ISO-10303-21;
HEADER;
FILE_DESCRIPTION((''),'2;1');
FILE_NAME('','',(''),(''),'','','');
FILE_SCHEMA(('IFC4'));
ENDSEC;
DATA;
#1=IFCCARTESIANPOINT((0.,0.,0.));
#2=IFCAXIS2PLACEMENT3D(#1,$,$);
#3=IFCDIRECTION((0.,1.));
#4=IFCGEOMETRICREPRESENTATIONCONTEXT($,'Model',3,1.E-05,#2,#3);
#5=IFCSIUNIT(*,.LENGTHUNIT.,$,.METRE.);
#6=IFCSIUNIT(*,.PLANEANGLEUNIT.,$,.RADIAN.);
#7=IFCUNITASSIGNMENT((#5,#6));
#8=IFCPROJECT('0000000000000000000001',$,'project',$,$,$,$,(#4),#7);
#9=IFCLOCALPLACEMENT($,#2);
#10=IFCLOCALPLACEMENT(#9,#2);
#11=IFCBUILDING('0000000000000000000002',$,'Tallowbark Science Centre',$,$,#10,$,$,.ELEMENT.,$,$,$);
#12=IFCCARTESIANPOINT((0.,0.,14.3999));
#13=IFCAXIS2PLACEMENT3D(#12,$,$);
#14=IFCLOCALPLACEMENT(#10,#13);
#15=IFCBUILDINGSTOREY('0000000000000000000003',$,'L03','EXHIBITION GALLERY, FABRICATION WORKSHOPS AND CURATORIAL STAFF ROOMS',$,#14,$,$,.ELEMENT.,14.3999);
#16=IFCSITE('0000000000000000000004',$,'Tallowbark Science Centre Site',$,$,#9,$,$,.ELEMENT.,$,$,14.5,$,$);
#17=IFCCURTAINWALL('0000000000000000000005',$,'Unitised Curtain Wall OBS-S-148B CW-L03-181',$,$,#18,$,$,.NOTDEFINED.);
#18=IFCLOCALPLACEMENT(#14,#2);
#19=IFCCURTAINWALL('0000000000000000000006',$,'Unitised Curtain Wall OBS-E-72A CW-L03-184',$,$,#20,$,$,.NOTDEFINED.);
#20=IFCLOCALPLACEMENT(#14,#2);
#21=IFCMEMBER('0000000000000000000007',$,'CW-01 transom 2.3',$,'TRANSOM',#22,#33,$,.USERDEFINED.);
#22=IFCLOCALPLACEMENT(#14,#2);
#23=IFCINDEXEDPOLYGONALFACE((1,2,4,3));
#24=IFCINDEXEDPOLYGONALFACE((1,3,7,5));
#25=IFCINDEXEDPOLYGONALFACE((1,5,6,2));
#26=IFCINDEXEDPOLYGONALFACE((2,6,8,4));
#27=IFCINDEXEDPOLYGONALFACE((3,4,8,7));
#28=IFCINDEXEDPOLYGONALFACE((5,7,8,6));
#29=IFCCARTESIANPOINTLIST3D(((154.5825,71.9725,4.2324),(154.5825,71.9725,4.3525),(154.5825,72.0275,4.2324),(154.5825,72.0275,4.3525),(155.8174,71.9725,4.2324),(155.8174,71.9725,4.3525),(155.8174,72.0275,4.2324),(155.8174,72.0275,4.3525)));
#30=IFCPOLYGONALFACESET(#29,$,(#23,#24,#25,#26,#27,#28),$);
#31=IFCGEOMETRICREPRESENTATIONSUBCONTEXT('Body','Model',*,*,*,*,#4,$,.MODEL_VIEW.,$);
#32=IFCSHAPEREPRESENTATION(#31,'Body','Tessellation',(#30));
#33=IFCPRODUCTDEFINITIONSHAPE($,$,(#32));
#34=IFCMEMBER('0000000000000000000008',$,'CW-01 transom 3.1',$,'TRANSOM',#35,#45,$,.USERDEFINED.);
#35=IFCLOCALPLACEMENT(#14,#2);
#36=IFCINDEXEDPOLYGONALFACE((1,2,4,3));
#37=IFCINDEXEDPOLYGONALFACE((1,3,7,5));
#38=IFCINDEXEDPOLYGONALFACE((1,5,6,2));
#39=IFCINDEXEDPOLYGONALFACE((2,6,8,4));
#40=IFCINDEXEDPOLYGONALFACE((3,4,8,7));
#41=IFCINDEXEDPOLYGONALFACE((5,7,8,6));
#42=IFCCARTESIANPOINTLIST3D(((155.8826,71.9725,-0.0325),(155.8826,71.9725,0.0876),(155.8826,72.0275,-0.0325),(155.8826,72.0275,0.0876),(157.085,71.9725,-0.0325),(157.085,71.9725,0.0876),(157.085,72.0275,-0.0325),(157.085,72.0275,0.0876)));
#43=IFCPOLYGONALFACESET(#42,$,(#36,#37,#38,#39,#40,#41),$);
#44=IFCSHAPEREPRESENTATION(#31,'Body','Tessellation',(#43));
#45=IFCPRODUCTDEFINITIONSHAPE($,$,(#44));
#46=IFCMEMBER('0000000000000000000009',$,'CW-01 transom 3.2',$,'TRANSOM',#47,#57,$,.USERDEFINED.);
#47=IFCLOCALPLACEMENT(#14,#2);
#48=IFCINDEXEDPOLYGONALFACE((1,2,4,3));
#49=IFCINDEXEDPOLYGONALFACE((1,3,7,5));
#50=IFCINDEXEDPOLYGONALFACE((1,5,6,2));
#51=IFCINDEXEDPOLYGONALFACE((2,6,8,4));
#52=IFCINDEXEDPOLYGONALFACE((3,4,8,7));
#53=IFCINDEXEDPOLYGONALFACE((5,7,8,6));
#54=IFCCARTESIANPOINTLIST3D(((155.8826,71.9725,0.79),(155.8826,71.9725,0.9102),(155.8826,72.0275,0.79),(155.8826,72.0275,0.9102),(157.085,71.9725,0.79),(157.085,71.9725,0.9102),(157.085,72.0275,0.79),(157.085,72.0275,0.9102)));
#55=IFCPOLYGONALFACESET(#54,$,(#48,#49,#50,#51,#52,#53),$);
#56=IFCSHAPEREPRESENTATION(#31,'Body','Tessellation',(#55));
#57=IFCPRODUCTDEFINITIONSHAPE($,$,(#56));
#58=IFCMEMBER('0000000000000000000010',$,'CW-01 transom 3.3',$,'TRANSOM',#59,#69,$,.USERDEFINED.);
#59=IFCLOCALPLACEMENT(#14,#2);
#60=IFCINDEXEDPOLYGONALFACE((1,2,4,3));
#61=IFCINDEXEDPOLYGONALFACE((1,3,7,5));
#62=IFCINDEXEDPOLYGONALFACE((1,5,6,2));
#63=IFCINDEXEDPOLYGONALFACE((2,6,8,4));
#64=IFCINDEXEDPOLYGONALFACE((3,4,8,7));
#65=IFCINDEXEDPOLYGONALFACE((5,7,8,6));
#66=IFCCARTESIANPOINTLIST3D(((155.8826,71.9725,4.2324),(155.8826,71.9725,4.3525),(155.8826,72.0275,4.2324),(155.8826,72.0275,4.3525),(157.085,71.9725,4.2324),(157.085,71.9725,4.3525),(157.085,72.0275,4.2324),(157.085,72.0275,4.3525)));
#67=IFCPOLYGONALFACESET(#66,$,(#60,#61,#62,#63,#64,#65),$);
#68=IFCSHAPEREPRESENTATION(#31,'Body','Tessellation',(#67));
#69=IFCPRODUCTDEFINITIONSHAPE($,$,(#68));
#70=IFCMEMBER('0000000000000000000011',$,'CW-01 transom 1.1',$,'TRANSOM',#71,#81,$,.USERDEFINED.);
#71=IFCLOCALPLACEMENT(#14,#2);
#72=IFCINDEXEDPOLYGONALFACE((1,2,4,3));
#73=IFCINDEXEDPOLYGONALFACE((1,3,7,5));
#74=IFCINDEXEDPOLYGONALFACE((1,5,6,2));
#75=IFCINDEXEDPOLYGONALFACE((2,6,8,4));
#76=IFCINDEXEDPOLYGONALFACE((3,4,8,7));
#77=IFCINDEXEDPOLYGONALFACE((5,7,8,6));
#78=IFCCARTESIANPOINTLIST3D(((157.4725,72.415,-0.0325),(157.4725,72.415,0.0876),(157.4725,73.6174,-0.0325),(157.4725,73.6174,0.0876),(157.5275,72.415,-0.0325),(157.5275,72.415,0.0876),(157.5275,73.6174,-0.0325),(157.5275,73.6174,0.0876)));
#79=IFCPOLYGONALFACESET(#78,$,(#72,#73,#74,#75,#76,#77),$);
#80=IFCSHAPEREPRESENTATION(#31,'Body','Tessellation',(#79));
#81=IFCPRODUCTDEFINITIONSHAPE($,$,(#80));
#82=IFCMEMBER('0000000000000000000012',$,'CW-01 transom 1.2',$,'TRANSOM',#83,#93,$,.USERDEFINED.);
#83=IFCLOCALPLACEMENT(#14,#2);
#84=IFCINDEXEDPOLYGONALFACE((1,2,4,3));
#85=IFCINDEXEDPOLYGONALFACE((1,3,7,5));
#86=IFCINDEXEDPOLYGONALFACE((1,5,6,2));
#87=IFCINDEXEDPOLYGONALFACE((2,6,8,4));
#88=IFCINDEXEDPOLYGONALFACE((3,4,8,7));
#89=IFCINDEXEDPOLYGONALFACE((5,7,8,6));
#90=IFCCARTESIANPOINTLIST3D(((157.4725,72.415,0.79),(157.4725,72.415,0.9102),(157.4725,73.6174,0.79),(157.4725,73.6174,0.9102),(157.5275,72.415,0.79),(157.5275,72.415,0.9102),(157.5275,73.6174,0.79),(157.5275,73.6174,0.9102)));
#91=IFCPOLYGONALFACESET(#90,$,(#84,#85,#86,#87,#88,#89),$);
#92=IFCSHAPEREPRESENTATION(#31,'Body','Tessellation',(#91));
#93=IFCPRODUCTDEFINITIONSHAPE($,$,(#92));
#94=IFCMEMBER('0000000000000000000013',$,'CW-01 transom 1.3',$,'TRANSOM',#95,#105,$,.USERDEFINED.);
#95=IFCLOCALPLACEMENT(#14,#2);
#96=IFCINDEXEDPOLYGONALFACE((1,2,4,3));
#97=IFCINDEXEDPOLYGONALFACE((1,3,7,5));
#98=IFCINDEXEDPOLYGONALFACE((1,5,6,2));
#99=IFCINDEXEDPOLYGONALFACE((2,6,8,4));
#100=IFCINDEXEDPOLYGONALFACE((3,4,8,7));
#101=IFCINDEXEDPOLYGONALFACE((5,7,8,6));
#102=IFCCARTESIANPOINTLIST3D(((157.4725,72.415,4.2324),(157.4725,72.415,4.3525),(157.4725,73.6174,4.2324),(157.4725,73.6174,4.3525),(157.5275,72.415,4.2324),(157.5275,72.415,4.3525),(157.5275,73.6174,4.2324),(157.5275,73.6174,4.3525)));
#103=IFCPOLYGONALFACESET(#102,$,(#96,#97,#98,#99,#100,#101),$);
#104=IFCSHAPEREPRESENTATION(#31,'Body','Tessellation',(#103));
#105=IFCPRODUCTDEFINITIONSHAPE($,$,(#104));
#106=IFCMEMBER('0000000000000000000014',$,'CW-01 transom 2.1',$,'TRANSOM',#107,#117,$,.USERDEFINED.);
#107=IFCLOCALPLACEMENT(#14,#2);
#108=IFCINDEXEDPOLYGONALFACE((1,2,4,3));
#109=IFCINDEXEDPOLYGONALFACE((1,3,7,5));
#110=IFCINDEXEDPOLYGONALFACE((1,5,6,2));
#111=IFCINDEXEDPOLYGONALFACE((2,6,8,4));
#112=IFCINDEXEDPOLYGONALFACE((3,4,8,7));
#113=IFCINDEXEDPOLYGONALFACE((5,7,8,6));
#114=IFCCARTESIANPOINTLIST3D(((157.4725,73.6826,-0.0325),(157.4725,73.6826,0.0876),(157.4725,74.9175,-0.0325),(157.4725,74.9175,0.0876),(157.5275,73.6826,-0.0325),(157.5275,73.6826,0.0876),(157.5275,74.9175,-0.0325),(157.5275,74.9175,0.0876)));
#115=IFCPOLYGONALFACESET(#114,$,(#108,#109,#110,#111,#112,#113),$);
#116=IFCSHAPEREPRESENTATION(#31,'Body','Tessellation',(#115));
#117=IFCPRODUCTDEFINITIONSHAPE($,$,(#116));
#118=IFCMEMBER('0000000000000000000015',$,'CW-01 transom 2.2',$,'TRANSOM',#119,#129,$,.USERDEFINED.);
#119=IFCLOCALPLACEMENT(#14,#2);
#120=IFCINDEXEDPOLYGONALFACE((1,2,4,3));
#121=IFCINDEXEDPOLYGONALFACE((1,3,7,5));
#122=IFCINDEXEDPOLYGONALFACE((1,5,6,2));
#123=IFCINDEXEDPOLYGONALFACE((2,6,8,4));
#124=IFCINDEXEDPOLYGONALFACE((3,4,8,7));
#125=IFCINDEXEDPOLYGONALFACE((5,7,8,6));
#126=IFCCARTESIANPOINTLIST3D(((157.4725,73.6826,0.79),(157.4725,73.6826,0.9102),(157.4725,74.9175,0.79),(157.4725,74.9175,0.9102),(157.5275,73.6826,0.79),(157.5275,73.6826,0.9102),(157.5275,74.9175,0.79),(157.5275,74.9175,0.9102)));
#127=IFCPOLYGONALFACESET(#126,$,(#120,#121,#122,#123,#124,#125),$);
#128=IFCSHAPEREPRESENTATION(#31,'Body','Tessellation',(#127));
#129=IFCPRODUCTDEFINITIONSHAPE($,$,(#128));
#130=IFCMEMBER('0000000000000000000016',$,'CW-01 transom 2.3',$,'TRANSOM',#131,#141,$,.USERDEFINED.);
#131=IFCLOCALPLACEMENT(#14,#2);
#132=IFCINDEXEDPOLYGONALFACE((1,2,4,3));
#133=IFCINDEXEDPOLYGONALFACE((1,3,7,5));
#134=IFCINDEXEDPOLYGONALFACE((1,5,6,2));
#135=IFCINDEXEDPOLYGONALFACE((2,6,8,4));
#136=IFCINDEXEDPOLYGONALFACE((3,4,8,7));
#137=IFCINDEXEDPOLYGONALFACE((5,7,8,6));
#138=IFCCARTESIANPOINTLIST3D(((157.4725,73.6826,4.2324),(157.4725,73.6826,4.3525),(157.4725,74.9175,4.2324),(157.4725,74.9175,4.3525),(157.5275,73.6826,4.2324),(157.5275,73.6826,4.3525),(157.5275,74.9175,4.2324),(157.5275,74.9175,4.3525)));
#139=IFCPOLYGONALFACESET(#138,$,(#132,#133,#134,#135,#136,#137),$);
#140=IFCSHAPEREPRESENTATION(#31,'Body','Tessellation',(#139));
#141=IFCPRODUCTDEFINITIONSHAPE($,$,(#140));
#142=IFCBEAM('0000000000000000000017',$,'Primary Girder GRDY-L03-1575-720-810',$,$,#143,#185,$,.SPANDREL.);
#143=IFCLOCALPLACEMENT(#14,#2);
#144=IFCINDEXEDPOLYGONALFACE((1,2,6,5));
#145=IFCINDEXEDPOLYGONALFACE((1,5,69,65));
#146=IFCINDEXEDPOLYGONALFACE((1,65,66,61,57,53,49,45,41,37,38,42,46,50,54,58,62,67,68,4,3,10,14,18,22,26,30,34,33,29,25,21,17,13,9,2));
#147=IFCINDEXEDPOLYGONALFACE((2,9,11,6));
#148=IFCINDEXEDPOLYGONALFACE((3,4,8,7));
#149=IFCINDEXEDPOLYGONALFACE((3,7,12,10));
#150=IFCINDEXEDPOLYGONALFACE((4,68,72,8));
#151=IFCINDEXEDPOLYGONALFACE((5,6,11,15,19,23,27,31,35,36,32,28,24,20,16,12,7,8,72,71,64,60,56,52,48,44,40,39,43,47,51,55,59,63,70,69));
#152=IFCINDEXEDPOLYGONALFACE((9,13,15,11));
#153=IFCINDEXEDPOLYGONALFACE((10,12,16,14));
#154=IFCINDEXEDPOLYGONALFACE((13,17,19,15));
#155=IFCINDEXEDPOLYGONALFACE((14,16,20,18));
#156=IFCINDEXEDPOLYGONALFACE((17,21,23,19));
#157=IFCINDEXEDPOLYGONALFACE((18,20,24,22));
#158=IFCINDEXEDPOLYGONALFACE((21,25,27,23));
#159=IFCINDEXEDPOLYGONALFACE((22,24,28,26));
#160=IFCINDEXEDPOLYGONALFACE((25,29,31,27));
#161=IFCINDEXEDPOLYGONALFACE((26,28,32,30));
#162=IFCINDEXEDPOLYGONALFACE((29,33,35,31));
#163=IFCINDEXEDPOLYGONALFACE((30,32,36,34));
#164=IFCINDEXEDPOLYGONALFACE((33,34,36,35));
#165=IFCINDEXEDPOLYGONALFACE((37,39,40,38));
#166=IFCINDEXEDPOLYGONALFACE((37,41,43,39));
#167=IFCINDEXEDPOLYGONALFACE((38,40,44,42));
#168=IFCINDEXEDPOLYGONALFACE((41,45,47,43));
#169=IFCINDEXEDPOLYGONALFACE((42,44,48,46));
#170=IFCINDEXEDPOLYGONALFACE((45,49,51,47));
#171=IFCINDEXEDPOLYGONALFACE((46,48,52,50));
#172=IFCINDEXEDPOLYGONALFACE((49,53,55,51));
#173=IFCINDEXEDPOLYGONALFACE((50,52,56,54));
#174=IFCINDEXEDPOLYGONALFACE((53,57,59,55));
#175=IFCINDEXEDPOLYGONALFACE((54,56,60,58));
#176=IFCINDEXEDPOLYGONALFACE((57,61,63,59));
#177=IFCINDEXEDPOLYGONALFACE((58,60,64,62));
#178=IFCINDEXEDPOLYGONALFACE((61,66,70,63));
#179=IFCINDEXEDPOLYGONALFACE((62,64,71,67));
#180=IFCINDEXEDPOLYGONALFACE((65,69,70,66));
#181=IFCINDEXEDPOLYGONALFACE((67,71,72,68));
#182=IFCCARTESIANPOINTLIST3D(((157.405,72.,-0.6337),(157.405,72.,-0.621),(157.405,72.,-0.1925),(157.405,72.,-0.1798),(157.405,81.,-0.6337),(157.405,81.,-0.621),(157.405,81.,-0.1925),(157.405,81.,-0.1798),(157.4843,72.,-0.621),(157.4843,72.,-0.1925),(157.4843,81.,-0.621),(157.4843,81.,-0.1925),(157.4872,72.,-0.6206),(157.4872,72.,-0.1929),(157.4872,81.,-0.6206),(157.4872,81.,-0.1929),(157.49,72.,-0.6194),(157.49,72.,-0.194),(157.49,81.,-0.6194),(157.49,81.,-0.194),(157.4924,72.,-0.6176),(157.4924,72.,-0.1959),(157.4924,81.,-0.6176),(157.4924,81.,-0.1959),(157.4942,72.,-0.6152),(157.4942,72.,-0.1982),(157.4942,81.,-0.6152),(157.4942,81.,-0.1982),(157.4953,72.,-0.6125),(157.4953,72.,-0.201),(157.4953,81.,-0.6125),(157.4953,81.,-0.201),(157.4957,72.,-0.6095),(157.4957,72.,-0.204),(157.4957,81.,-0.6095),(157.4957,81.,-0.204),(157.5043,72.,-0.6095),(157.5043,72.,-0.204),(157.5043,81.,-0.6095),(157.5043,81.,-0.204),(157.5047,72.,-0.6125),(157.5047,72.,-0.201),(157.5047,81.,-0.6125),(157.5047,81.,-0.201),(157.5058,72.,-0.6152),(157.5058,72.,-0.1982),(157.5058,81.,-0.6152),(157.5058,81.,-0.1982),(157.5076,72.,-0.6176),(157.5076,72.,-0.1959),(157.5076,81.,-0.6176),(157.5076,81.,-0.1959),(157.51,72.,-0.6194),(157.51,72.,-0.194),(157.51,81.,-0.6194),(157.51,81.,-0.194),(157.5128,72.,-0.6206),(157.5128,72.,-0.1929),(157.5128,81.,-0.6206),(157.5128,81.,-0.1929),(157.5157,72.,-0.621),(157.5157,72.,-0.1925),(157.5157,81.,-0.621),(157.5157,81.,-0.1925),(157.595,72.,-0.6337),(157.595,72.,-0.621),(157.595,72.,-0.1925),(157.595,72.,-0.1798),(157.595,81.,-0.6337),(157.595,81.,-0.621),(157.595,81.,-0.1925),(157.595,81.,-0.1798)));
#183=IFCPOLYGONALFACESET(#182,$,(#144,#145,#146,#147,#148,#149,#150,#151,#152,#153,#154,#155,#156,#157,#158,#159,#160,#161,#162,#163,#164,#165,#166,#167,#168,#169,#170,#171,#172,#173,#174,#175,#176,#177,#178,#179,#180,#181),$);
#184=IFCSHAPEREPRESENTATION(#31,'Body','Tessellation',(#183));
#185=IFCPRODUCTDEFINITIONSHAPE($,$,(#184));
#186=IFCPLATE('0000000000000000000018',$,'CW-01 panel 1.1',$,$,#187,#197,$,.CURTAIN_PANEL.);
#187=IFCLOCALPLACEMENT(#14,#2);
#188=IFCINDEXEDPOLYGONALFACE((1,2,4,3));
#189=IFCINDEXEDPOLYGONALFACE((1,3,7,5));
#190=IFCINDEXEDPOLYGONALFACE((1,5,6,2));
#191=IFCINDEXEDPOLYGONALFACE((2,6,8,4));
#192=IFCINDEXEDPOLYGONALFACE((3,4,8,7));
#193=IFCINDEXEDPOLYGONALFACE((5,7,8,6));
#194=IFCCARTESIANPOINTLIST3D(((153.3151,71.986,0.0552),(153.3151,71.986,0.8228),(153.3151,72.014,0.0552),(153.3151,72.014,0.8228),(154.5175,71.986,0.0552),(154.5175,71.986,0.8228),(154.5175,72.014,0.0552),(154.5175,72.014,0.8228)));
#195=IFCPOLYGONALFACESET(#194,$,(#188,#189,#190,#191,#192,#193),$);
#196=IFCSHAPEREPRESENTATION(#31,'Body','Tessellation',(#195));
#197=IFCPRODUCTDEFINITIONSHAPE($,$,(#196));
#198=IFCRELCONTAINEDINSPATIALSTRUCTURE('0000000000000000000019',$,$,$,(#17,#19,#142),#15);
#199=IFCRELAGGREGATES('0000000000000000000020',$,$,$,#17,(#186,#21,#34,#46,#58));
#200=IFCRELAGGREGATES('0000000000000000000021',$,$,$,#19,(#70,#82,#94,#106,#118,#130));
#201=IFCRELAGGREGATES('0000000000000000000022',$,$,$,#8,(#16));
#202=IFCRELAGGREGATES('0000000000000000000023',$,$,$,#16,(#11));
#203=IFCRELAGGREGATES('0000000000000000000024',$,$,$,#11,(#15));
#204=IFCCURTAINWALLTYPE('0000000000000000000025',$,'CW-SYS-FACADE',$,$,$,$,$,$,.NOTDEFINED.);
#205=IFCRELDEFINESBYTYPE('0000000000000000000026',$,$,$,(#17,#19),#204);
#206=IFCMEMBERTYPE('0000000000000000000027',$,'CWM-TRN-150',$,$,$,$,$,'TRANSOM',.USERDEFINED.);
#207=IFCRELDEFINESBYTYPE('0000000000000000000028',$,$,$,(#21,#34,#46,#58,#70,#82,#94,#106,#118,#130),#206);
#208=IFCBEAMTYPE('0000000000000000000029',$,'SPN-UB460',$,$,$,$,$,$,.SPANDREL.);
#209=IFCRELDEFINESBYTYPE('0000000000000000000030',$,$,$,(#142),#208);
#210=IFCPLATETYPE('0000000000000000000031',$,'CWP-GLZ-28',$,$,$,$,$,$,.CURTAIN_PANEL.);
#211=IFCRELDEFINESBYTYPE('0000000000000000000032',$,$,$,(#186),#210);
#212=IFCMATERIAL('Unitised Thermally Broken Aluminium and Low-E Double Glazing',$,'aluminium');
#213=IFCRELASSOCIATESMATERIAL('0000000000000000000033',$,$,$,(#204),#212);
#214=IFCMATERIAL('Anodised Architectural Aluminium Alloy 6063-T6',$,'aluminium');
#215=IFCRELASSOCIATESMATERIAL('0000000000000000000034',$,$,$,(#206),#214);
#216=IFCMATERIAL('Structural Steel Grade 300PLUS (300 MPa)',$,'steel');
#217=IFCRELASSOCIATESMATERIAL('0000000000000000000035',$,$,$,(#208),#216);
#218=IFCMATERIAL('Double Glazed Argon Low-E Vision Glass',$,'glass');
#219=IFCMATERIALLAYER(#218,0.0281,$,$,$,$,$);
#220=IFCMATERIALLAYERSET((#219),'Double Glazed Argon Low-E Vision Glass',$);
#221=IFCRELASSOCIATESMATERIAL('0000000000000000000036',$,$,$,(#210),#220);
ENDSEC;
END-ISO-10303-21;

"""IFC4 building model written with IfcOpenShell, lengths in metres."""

from ifc_helpers import new_model, si_unit, direction, frame, origin, origin_2d, place, context, subcontext, project, spatial, rectangle, i_section, extrude, material, layer, layer_set, material_profile, profile_set, type_object, element, aggregate, save


model = new_model("IFC4")

# Units and contexts
model_context = context("Model", 3, precision=1e-05, world=origin(), true_north=direction((0.0, 1.0)))
body_context = subcontext(model_context, "Body", "Model", "MODEL_VIEW")
ifc_project = project(units=[si_unit("LENGTHUNIT", "METRE"), si_unit("PLANEANGLEUNIT", "RADIAN")], contexts=[model_context])

# Site, building, storey
site_placement = place(None, origin())
site = spatial("IfcSite", under=ifc_project, at=site_placement, Name="Tallowbark Science Centre Site", CompositionType="ELEMENT", RefElevation=14.5)
building_placement = place(site_placement, origin())
building = spatial("IfcBuilding", under=site, at=building_placement, Name="Tallowbark Science Centre", CompositionType="ELEMENT")
storey_placement = place(building_placement, frame((0.0, 0.0, 14.3999)))
storey = spatial("IfcBuildingStorey", under=building, at=storey_placement, Name="L03", Description="EXHIBITION GALLERY, FABRICATION WORKSHOPS AND CURATORIAL STAFF ROOMS", CompositionType="ELEMENT", Elevation=14.3999)

# Shared definitions
ifc_material_1 = material(Name="Structural Steel Grade 300PLUS (300 MPa)", Category="steel")

# Curtain walls
ifc_material_2 = material(Name="Unitised Thermally Broken Aluminium and Low-E Double Glazing", Category="aluminium")
curtain_wall_type = type_object("IfcCurtainWallType", Name="CW-SYS-FACADE", PredefinedType="NOTDEFINED", material=ifc_material_2)
curtain_wall_1_placement = place(storey_placement, origin())
curtain_wall_1 = element("IfcCurtainWall", 1, at=curtain_wall_1_placement, inside=storey, type_object=curtain_wall_type, Name="Unitised Curtain Wall OBS-S-148B CW-L03-181", PredefinedType="NOTDEFINED")
ifc_material_3 = material(Name="Anodised Architectural Aluminium Alloy 6063-T6", Category="aluminium")
curtain_wall_2_placement = place(storey_placement, origin())
curtain_wall_2 = element("IfcCurtainWall", 2, at=curtain_wall_2_placement, inside=storey, type_object=curtain_wall_type, Name="Unitised Curtain Wall OBS-E-72A CW-L03-184", PredefinedType="NOTDEFINED")

# Members
ifc_material_profile_1 = material_profile(ifc_material_3, rectangle(XDim=0.0549, YDim=0.1201, at=origin_2d()), Name="ALU55x120")
ifc_profile_set_1 = profile_set([ifc_material_profile_1], Name="Anodised Architectural Aluminium Alloy 6063-T6")
member_type_1 = type_object("IfcMemberType", Name="CWM-TRN-150", ElementType="TRANSOM", PredefinedType="USERDEFINED", material=ifc_profile_set_1)
member_1_placement = place(storey_placement, frame((154.5825, 72.0, 4.2925), z_axis=(1.0, 0.0, 0.0), x_axis=(0.0, 1.0, 0.0)))
member_1 = element("IfcMember", 3, at=member_1_placement, type_object=member_type_1, Name="CW-01 transom 2.3", ObjectType="TRANSOM", PredefinedType="USERDEFINED", context=body_context, shape_type="SweptSolid", body=[
    extrude(rectangle(XDim=0.0549, YDim=0.1201, at=origin_2d()), origin(), (0.0, 0.0, 1.0), 1.2349),
])
member_2_placement = place(storey_placement, frame((155.8826, 72.0, 0.0276), z_axis=(1.0, 0.0, 0.0), x_axis=(0.0, 1.0, 0.0)))
member_2 = element("IfcMember", 4, at=member_2_placement, type_object=member_type_1, Name="CW-01 transom 3.1", ObjectType="TRANSOM", PredefinedType="USERDEFINED", context=body_context, shape_type="SweptSolid", body=[
    extrude(rectangle(XDim=0.0549, YDim=0.1201, at=origin_2d()), origin(), (0.0, 0.0, 1.0), 1.2024),
])
member_3_placement = place(storey_placement, frame((155.8826, 72.0, 0.8501), z_axis=(1.0, 0.0, 0.0), x_axis=(0.0, 1.0, 0.0)))
member_3 = element("IfcMember", 5, at=member_3_placement, type_object=member_type_1, Name="CW-01 transom 3.2", ObjectType="TRANSOM", PredefinedType="USERDEFINED", context=body_context, shape_type="SweptSolid", body=[
    extrude(rectangle(XDim=0.0549, YDim=0.1201, at=origin_2d()), origin(), (0.0, 0.0, 1.0), 1.2024),
])
member_4_placement = place(storey_placement, frame((155.8826, 72.0, 4.2925), z_axis=(1.0, 0.0, 0.0), x_axis=(0.0, 1.0, 0.0)))
member_4 = element("IfcMember", 6, at=member_4_placement, type_object=member_type_1, Name="CW-01 transom 3.3", ObjectType="TRANSOM", PredefinedType="USERDEFINED", context=body_context, shape_type="SweptSolid", body=[
    extrude(rectangle(XDim=0.0549, YDim=0.1201, at=origin_2d()), origin(), (0.0, 0.0, 1.0), 1.2024),
])
member_5_placement = place(storey_placement, frame((157.5, 72.415, 0.0276), z_axis=(0.0, 1.0, 0.0), x_axis=(-1.0, 0.0, 0.0)))
member_5 = element("IfcMember", 7, at=member_5_placement, type_object=member_type_1, Name="CW-01 transom 1.1", ObjectType="TRANSOM", PredefinedType="USERDEFINED", context=body_context, shape_type="SweptSolid", body=[
    extrude(rectangle(XDim=0.0549, YDim=0.1201, at=origin_2d()), origin(), (0.0, 0.0, 1.0), 1.2024),
])
member_6_placement = place(storey_placement, frame((157.5, 72.415, 0.8501), z_axis=(0.0, 1.0, 0.0), x_axis=(-1.0, 0.0, 0.0)))
member_6 = element("IfcMember", 8, at=member_6_placement, type_object=member_type_1, Name="CW-01 transom 1.2", ObjectType="TRANSOM", PredefinedType="USERDEFINED", context=body_context, shape_type="SweptSolid", body=[
    extrude(rectangle(XDim=0.0549, YDim=0.1201, at=origin_2d()), origin(), (0.0, 0.0, 1.0), 1.2024),
])
member_7_placement = place(storey_placement, frame((157.5, 72.415, 4.2925), z_axis=(0.0, 1.0, 0.0), x_axis=(-1.0, 0.0, 0.0)))
member_7 = element("IfcMember", 9, at=member_7_placement, type_object=member_type_1, Name="CW-01 transom 1.3", ObjectType="TRANSOM", PredefinedType="USERDEFINED", context=body_context, shape_type="SweptSolid", body=[
    extrude(rectangle(XDim=0.0549, YDim=0.1201, at=origin_2d()), origin(), (0.0, 0.0, 1.0), 1.2024),
])
member_8_placement = place(storey_placement, frame((157.5, 73.6826, 0.0276), z_axis=(0.0, 1.0, 0.0), x_axis=(-1.0, 0.0, 0.0)))
member_8 = element("IfcMember", 10, at=member_8_placement, type_object=member_type_1, Name="CW-01 transom 2.1", ObjectType="TRANSOM", PredefinedType="USERDEFINED", context=body_context, shape_type="SweptSolid", body=[
    extrude(rectangle(XDim=0.0549, YDim=0.1201, at=origin_2d()), origin(), (0.0, 0.0, 1.0), 1.2349),
])
member_9_placement = place(storey_placement, frame((157.5, 73.6826, 0.8501), z_axis=(0.0, 1.0, 0.0), x_axis=(-1.0, 0.0, 0.0)))
member_9 = element("IfcMember", 11, at=member_9_placement, type_object=member_type_1, Name="CW-01 transom 2.2", ObjectType="TRANSOM", PredefinedType="USERDEFINED", context=body_context, shape_type="SweptSolid", body=[
    extrude(rectangle(XDim=0.0549, YDim=0.1201, at=origin_2d()), origin(), (0.0, 0.0, 1.0), 1.2349),
])
member_10_placement = place(storey_placement, frame((157.5, 73.6826, 4.2925), z_axis=(0.0, 1.0, 0.0), x_axis=(-1.0, 0.0, 0.0)))
member_10 = element("IfcMember", 12, at=member_10_placement, type_object=member_type_1, Name="CW-01 transom 2.3", ObjectType="TRANSOM", PredefinedType="USERDEFINED", context=body_context, shape_type="SweptSolid", body=[
    extrude(rectangle(XDim=0.0549, YDim=0.1201, at=origin_2d()), origin(), (0.0, 0.0, 1.0), 1.2349),
])

# Beam
ifc_material_profile_2 = material_profile(ifc_material_1, i_section(OverallWidth=0.1899, OverallDepth=0.4539, WebThickness=0.0085, FlangeThickness=0.0127, FilletRadius=0.0115, at=origin_2d()), Name="460UB67.1")
ifc_profile_set_2 = profile_set([ifc_material_profile_2], Name="Structural Steel Grade 300PLUS (300 MPa)")
beam_type = type_object("IfcBeamType", Name="SPN-UB460", PredefinedType="SPANDREL", material=ifc_profile_set_2)
beam_placement = place(storey_placement, frame((157.5, 72.0, -0.4067), z_axis=(0.0, 1.0, 0.0), x_axis=(-1.0, 0.0, 0.0)))
element("IfcBeam", 13, at=beam_placement, inside=storey, type_object=beam_type, Name="Primary Girder GRDY-L03-1575-720-810", PredefinedType="SPANDREL", context=body_context, shape_type="SweptSolid", body=[
    extrude(i_section(OverallWidth=0.1899, OverallDepth=0.4539, WebThickness=0.0085, FlangeThickness=0.0127, FilletRadius=0.0115, at=origin_2d()), origin(), (0.0, 0.0, 1.0), 9.0),
])

# Plate
ifc_material_4 = material(Name="Double Glazed Argon Low-E Vision Glass", Category="glass")
ifc_layer_1 = layer(ifc_material_4, 0.0281)
ifc_layer_set_1 = layer_set([ifc_layer_1], Name="Double Glazed Argon Low-E Vision Glass")
plate_type = type_object("IfcPlateType", Name="CWP-GLZ-28", PredefinedType="CURTAIN_PANEL", material=ifc_layer_set_1)
plate_1_placement = place(storey_placement, frame((153.9163, 72.0, 0.0552), z_axis=(0.0, 0.0, 1.0), x_axis=(1.0, 0.0, 0.0)))
plate_1 = element("IfcPlate", 14, at=plate_1_placement, type_object=plate_type, Name="CW-01 panel 1.1", PredefinedType="CURTAIN_PANEL", context=body_context, shape_type="SweptSolid", body=[
    extrude(rectangle(XDim=1.2024, YDim=0.0281, at=origin_2d()), origin(), (0.0, 0.0, 1.0), 0.7676),
])
aggregate(curtain_wall_1, [plate_1, member_1, member_2, member_3, member_4])
aggregate(curtain_wall_2, [member_5, member_6, member_7, member_8, member_9, member_10])

save(model, "model.ifc")
